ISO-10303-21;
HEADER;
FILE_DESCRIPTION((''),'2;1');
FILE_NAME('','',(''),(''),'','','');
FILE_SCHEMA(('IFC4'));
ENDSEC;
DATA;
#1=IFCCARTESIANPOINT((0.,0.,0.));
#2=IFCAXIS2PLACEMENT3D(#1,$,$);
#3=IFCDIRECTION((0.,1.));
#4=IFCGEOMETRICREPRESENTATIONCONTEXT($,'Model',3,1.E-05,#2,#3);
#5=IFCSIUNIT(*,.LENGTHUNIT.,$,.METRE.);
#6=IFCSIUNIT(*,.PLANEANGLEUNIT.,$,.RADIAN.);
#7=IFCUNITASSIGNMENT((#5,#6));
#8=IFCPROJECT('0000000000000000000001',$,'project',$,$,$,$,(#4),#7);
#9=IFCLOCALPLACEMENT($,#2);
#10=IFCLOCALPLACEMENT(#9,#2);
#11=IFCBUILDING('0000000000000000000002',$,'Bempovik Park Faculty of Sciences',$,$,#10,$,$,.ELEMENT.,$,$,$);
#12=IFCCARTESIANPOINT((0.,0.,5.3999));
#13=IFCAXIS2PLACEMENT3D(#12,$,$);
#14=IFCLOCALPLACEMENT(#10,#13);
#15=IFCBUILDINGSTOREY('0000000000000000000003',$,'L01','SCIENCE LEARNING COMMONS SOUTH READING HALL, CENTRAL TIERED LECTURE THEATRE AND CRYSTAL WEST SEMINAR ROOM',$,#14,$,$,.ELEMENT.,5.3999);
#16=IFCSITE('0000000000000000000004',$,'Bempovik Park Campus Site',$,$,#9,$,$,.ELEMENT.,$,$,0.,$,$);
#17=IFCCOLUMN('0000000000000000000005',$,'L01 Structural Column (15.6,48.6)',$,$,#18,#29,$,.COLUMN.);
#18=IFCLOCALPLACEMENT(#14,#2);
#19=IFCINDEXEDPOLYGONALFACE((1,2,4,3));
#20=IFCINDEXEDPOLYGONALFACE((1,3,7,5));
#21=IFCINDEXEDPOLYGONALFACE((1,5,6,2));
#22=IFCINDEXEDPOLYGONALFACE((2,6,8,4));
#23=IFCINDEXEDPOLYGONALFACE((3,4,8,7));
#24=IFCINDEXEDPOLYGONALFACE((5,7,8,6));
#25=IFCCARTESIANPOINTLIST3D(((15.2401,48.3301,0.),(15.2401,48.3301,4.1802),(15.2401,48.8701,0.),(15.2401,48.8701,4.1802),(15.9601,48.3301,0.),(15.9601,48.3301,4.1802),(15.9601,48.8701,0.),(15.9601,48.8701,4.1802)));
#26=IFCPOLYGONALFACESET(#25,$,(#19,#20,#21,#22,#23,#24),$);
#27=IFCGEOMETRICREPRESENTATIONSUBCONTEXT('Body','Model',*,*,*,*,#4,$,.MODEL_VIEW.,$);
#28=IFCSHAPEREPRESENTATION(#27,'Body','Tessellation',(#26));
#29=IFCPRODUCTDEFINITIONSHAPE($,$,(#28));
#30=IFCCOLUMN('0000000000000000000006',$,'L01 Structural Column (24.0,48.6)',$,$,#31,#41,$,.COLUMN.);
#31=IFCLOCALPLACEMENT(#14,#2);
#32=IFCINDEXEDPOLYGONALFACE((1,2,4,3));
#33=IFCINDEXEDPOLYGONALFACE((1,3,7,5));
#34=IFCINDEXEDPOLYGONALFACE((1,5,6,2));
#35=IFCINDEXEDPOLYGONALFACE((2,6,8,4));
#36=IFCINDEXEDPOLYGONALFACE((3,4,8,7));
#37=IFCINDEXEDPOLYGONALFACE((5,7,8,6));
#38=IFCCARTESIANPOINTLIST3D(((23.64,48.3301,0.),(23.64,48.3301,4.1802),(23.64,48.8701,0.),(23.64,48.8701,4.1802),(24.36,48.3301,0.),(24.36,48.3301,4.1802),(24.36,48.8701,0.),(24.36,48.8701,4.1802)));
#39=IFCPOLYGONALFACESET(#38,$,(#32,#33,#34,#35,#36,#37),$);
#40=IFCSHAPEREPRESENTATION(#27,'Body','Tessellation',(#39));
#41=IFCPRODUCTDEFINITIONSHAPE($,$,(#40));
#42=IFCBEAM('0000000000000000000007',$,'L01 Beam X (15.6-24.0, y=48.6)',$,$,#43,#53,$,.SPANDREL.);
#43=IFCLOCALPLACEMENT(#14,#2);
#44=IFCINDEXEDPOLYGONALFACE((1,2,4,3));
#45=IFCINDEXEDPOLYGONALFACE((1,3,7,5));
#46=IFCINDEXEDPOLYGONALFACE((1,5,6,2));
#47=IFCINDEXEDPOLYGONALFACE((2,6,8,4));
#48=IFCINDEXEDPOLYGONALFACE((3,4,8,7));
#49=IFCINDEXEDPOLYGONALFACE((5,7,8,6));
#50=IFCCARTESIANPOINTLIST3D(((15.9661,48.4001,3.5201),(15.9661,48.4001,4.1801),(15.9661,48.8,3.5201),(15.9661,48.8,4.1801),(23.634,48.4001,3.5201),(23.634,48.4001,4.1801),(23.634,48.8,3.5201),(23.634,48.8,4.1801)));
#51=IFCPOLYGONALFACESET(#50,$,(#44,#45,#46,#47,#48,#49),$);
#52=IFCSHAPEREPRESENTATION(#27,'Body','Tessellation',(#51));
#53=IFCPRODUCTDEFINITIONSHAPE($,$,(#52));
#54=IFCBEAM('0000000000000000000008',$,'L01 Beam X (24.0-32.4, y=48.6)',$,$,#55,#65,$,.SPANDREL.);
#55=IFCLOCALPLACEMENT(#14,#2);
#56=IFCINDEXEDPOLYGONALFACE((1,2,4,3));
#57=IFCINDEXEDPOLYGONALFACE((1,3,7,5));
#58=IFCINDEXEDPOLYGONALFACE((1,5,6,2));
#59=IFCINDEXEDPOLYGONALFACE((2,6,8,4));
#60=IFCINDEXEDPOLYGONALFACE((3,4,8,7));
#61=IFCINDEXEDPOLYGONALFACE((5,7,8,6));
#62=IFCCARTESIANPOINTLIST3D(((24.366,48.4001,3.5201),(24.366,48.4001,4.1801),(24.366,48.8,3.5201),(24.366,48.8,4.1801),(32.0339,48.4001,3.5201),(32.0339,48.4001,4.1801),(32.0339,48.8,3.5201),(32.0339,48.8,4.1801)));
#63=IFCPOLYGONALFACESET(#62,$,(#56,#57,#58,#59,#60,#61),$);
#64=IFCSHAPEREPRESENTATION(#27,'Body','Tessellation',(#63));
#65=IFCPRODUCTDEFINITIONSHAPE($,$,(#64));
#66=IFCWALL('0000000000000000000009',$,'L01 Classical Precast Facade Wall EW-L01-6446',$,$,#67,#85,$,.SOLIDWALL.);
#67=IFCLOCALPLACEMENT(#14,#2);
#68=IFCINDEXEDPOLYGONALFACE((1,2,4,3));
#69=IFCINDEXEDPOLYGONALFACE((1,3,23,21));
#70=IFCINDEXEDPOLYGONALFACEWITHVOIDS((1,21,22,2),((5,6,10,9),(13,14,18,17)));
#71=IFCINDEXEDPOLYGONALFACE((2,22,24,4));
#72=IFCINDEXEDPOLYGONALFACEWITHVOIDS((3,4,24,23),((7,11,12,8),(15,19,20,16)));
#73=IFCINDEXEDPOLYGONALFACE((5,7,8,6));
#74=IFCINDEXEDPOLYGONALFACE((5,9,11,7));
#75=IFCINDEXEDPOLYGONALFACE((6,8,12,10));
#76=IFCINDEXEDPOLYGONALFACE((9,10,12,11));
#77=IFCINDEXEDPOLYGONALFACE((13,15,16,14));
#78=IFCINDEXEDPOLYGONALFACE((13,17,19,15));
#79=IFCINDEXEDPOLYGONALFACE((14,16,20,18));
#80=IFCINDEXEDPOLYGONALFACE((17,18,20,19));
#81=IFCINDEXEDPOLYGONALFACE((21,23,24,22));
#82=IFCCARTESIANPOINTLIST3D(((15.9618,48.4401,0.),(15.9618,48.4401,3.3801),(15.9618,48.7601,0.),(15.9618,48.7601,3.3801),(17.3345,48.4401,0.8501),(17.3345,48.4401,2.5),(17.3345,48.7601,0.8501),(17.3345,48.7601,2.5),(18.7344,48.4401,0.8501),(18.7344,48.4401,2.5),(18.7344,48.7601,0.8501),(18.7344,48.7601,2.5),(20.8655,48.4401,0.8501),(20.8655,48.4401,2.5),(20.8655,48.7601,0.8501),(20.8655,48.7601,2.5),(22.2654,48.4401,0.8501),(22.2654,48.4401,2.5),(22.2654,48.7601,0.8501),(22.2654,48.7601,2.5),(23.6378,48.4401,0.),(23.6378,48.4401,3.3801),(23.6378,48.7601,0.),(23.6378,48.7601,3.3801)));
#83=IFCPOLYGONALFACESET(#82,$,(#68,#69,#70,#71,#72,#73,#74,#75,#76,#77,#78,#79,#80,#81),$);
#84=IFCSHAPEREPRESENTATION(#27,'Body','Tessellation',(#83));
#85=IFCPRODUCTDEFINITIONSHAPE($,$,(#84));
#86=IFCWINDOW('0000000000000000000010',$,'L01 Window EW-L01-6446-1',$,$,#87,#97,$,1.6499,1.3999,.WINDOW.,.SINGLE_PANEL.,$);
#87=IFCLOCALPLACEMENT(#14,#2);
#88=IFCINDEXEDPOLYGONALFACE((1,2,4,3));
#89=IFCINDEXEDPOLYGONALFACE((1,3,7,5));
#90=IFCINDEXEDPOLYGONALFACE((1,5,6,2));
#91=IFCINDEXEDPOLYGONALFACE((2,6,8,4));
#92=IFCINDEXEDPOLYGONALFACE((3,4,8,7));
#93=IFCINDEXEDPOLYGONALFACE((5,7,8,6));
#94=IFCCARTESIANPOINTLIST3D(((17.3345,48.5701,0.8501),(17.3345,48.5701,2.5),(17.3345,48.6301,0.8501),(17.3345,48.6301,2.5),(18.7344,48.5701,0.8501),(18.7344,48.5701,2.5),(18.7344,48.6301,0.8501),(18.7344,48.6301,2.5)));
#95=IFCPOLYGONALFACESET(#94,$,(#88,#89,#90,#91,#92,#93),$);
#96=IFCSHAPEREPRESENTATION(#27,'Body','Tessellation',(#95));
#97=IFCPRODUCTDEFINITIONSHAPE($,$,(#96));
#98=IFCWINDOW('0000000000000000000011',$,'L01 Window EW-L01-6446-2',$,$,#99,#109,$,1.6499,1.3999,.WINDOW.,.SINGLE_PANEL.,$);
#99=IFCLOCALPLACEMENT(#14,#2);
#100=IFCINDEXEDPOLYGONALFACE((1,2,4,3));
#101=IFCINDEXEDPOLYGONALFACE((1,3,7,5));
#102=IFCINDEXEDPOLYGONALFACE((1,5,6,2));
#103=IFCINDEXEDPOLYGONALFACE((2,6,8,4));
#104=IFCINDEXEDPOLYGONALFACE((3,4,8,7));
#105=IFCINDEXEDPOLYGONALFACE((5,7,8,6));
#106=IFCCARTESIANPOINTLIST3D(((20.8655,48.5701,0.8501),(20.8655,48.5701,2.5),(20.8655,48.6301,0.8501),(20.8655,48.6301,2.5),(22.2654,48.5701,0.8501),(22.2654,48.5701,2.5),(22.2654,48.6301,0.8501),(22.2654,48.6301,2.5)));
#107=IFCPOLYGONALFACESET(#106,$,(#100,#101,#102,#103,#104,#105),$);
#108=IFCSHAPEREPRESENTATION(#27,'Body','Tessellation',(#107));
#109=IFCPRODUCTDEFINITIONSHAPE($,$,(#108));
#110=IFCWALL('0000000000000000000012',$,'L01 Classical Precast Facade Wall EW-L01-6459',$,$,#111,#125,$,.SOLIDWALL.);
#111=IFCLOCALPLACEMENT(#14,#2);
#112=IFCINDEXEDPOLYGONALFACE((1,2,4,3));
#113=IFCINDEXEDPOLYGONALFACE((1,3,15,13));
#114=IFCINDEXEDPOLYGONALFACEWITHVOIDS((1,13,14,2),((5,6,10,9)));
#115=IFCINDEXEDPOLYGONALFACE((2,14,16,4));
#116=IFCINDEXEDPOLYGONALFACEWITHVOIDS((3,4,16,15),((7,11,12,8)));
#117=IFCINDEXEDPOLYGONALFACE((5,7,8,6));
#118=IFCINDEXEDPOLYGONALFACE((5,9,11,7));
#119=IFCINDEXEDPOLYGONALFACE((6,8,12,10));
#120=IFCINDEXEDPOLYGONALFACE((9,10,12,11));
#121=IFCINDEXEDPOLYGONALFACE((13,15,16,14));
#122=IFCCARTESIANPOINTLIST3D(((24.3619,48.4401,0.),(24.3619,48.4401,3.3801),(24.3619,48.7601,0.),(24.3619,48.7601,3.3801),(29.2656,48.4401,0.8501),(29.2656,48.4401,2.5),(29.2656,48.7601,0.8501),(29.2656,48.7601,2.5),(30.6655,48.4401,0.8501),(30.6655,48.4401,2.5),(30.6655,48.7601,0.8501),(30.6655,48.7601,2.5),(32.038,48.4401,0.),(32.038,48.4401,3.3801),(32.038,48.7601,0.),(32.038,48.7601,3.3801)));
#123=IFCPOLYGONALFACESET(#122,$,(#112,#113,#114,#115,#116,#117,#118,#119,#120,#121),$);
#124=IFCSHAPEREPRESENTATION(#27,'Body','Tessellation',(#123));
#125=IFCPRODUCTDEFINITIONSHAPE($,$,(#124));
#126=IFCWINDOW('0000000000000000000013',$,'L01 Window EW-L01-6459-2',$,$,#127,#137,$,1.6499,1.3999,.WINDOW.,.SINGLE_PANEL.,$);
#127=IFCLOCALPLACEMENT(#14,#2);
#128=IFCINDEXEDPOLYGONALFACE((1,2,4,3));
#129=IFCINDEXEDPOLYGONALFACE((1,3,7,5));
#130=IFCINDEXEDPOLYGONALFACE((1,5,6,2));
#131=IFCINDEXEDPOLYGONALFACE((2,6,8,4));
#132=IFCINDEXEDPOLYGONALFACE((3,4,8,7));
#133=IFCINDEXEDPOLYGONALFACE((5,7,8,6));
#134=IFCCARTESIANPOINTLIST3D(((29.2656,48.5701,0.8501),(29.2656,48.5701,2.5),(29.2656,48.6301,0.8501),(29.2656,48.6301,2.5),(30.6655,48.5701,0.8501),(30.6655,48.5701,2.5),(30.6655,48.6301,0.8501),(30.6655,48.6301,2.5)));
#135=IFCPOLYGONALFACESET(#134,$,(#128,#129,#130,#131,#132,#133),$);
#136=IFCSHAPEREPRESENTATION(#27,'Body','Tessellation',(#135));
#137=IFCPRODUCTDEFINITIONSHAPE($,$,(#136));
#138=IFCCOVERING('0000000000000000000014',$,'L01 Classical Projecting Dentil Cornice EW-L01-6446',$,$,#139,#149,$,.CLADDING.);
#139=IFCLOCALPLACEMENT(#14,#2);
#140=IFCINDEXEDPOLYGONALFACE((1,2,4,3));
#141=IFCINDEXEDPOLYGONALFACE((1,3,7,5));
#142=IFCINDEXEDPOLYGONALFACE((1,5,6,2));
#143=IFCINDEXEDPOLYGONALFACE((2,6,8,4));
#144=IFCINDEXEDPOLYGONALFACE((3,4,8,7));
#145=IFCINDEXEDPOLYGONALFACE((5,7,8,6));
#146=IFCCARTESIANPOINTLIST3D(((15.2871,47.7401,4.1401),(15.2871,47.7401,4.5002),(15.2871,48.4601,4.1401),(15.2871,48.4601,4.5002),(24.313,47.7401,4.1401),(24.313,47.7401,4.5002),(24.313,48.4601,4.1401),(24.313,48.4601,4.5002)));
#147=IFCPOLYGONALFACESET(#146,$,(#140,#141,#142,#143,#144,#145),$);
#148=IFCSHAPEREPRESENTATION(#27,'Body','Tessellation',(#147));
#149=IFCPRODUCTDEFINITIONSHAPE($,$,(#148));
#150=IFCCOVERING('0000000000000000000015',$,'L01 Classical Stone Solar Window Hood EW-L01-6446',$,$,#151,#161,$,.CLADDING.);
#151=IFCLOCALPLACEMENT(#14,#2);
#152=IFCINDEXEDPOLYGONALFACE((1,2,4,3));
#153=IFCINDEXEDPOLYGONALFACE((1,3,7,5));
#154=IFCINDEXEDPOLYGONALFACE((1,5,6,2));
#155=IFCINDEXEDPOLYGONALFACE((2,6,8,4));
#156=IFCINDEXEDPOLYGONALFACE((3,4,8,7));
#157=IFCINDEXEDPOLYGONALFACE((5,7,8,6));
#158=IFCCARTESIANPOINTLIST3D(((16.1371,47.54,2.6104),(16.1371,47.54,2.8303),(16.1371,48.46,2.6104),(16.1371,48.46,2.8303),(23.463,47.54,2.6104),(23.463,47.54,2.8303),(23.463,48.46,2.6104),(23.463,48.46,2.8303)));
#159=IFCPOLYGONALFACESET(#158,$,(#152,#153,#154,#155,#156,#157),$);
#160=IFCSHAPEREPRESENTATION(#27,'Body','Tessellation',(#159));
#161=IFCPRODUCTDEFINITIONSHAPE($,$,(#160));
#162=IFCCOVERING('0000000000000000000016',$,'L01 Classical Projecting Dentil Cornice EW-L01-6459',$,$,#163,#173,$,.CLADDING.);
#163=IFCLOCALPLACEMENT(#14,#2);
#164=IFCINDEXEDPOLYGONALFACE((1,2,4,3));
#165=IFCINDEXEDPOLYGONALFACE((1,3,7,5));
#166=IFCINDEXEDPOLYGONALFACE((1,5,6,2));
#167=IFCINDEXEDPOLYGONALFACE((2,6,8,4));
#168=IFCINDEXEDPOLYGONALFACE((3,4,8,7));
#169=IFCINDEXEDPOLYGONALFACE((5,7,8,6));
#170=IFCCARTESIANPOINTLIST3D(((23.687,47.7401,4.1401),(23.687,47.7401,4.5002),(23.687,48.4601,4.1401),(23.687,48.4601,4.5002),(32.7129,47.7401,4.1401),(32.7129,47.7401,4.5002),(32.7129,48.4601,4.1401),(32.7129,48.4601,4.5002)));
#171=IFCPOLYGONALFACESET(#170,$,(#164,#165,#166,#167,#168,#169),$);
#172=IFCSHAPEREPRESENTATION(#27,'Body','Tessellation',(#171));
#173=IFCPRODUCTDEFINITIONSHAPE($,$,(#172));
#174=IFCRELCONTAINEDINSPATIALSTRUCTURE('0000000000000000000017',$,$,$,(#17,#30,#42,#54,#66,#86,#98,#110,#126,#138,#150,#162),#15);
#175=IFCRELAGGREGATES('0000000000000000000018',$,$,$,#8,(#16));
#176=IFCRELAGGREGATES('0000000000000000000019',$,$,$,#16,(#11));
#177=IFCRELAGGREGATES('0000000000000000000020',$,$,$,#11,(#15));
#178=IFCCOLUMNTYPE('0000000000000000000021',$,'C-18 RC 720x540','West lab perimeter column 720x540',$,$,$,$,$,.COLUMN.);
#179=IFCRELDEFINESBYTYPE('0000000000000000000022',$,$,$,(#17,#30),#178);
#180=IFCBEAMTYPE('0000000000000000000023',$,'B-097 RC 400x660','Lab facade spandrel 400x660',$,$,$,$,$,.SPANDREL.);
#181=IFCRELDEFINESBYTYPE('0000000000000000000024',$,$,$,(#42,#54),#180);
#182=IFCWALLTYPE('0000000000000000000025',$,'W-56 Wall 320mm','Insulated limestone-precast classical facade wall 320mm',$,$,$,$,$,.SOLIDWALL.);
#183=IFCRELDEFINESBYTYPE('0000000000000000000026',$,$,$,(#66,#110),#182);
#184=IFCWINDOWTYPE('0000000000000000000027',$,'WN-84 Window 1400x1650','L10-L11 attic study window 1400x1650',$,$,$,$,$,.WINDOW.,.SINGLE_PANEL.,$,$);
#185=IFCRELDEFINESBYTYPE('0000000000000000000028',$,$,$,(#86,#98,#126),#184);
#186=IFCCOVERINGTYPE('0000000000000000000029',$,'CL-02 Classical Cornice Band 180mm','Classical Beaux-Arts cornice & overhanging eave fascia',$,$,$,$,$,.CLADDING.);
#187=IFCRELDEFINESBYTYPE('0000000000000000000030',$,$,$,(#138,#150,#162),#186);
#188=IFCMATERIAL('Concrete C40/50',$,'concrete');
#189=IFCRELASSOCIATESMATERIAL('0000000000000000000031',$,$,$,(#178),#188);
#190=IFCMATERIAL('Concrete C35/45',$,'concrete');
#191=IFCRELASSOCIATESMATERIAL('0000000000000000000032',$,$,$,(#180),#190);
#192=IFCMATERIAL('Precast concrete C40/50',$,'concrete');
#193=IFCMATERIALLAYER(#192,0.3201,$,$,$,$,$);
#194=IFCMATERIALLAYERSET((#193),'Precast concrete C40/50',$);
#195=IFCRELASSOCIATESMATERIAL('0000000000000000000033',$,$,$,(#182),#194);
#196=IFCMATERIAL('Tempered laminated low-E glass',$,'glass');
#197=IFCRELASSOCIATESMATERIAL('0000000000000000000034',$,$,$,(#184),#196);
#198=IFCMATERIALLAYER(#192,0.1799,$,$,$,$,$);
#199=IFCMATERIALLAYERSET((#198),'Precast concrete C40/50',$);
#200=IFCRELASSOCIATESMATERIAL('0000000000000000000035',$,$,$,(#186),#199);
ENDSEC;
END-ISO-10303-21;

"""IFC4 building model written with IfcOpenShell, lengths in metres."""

from ifc_helpers import new_model, si_unit, direction, frame, frame_2d, origin, origin_2d, place, context, subcontext, project, spatial, rectangle, extrude, material, layer, layer_set, material_profile, profile_set, type_object, element, fill, save


model = new_model("IFC4")

# Units and contexts
model_context = context("Model", 3, precision=1e-05, world=origin(), true_north=direction((0.0, 1.0)))
body_context = subcontext(model_context, "Body", "Model", "MODEL_VIEW")
ifc_project = project(units=[si_unit("LENGTHUNIT", "METRE"), si_unit("PLANEANGLEUNIT", "RADIAN")], contexts=[model_context])

# Site, building, storey
site_placement = place(None, origin())
site = spatial("IfcSite", under=ifc_project, at=site_placement, Name="Bempovik Park Campus Site", CompositionType="ELEMENT", RefElevation=0.0)
building_placement = place(site_placement, origin())
building = spatial("IfcBuilding", under=site, at=building_placement, Name="Bempovik Park Faculty of Sciences", CompositionType="ELEMENT")
storey_placement = place(building_placement, frame((0.0, 0.0, 5.3999)))
storey = spatial("IfcBuildingStorey", under=building, at=storey_placement, Name="L01", Description="SCIENCE LEARNING COMMONS SOUTH READING HALL, CENTRAL TIERED LECTURE THEATRE AND CRYSTAL WEST SEMINAR ROOM", CompositionType="ELEMENT", Elevation=5.3999)

# Columns
ifc_material_1 = material(Name="Concrete C40/50", Category="concrete")
ifc_material_profile_1 = material_profile(ifc_material_1, rectangle(XDim=0.72, YDim=0.54, at=origin_2d()), Name="RC 720x540")
ifc_profile_set_1 = profile_set([ifc_material_profile_1], Name="Concrete C40/50")
column_type = type_object("IfcColumnType", Name="C-18 RC 720x540", Description="West lab perimeter column 720x540", PredefinedType="COLUMN", material=ifc_profile_set_1)
for number, where, z_axis, x_axis, name in (
    (1, (15.6001, 48.6001, 0.0), (0.0, 0.0, 1.0), (1.0, 0.0, 0.0), "L01 Structural Column (15.6,48.6)"),
    (2, (24.0, 48.6001, 0.0), (0.0, 0.0, 1.0), (1.0, 0.0, 0.0), "L01 Structural Column (24.0,48.6)"),
):
    element("IfcColumn", number, at=place(storey_placement, frame(where, z_axis=z_axis, x_axis=x_axis)), inside=storey, type_object=column_type, Name=name, PredefinedType="COLUMN", context=body_context, shape_type="SweptSolid", body=[
        extrude(rectangle(XDim=0.72, YDim=0.54, at=origin_2d()), origin(), (0.0, 0.0, 1.0), 4.1802),
    ])

# Beams
ifc_material_2 = material(Name="Concrete C35/45", Category="concrete")
ifc_material_profile_2 = material_profile(ifc_material_2, rectangle(XDim=0.3999, YDim=0.6599, at=origin_2d()), Name="RC 400x660")
ifc_profile_set_2 = profile_set([ifc_material_profile_2], Name="Concrete C35/45")
beam_type = type_object("IfcBeamType", Name="B-097 RC 400x660", Description="Lab facade spandrel 400x660", PredefinedType="SPANDREL", material=ifc_profile_set_2)
for number, where, z_axis, x_axis, name in (
    (3, (15.9661, 48.6001, 3.8501), (1.0, 0.0, 0.0), (0.0, 1.0, 0.0), "L01 Beam X (15.6-24.0, y=48.6)"),
    (4, (24.366, 48.6001, 3.8501), (1.0, 0.0, 0.0), (0.0, 1.0, 0.0), "L01 Beam X (24.0-32.4, y=48.6)"),
):
    element("IfcBeam", number, at=place(storey_placement, frame(where, z_axis=z_axis, x_axis=x_axis)), inside=storey, type_object=beam_type, Name=name, PredefinedType="SPANDREL", context=body_context, shape_type="SweptSolid", body=[
        extrude(rectangle(XDim=0.3999, YDim=0.6599, at=origin_2d()), origin(), (0.0, 0.0, 1.0), 7.668),
    ])

# Wall, openings, windows
ifc_material_3 = material(Name="Precast concrete C40/50", Category="concrete")
ifc_layer_1 = layer(ifc_material_3, 0.3201)
ifc_layer_set_1 = layer_set([ifc_layer_1], Name="Precast concrete C40/50")
wall_type = type_object("IfcWallType", Name="W-56 Wall 320mm", Description="Insulated limestone-precast classical facade wall 320mm", PredefinedType="SOLIDWALL", material=ifc_layer_set_1)
wall_1_placement = place(storey_placement, frame((15.9619, 48.6001, 0.0), z_axis=(0.0, 0.0, 1.0), x_axis=(1.0, 0.0, 0.0)))
wall_1 = element("IfcWall", 5, at=wall_1_placement, inside=storey, type_object=wall_type, Name="L01 Classical Precast Facade Wall EW-L01-6446", PredefinedType="SOLIDWALL", context=body_context, shape_type="SweptSolid", body=[
    extrude(rectangle(XDim=7.676, YDim=0.3201, at=frame_2d((3.8379, 0.0))), origin(), (0.0, 0.0, 1.0), 3.3801),
])
opening_1_placement = place(wall_1_placement, frame((1.3726, 0.0, 0.8501)))
opening_1 = element("IfcOpeningElement", 6, at=opening_1_placement, cuts=wall_1, PredefinedType="OPENING", context=body_context, shape_type="SweptSolid", body=[
    extrude(rectangle(XDim=1.3999, YDim=1.6499, at=frame_2d((0.7, 0.825))), frame((0.0, 0.1699, 0.0), z_axis=(0.0, -1.0, 0.0), x_axis=(1.0, 0.0, 0.0)), (0.0, 0.0, 1.0), 0.3401),
])
opening_2_placement = place(wall_1_placement, frame((4.9036, 0.0, 0.8501)))
opening_2 = element("IfcOpeningElement", 7, at=opening_2_placement, cuts=wall_1, PredefinedType="OPENING", context=body_context, shape_type="SweptSolid", body=[
    extrude(rectangle(XDim=1.3999, YDim=1.6499, at=frame_2d((0.7, 0.825))), frame((0.0, 0.1699, 0.0), z_axis=(0.0, -1.0, 0.0), x_axis=(1.0, 0.0, 0.0)), (0.0, 0.0, 1.0), 0.3401),
])
ifc_material_4 = material(Name="Tempered laminated low-E glass", Category="glass")
window_type = type_object("IfcWindowType", Name="WN-84 Window 1400x1650", Description="L10-L11 attic study window 1400x1650", PartitioningType="SINGLE_PANEL", PredefinedType="WINDOW", material=ifc_material_4)
window_1_placement = place(opening_1_placement, origin())
window_1 = element("IfcWindow", 8, at=window_1_placement, inside=storey, type_object=window_type, Name="L01 Window EW-L01-6446-1", OverallHeight=1.6499, OverallWidth=1.3999, PartitioningType="SINGLE_PANEL", PredefinedType="WINDOW", context=body_context, shape_type="SweptSolid", body=[
    extrude(rectangle(XDim=1.3999, YDim=1.6499, at=frame_2d((0.7, 0.825))), frame((0.0, 0.03, 0.0), z_axis=(0.0, -1.0, 0.0), x_axis=(1.0, 0.0, 0.0)), (0.0, 0.0, 1.0), 0.0601),
])
fill(opening_1, window_1)
window_2_placement = place(opening_2_placement, origin())
window_2 = element("IfcWindow", 9, at=window_2_placement, inside=storey, type_object=window_type, Name="L01 Window EW-L01-6446-2", OverallHeight=1.6499, OverallWidth=1.3999, PartitioningType="SINGLE_PANEL", PredefinedType="WINDOW", context=body_context, shape_type="SweptSolid", body=[
    extrude(rectangle(XDim=1.3999, YDim=1.6499, at=frame_2d((0.7, 0.825))), frame((0.0, 0.03, 0.0), z_axis=(0.0, -1.0, 0.0), x_axis=(1.0, 0.0, 0.0)), (0.0, 0.0, 1.0), 0.0601),
])
fill(opening_2, window_2)

# Wall, opening, window
wall_2_placement = place(storey_placement, frame((24.3621, 48.6001, 0.0), z_axis=(0.0, 0.0, 1.0), x_axis=(1.0, 0.0, 0.0)))
wall_2 = element("IfcWall", 10, at=wall_2_placement, inside=storey, type_object=wall_type, Name="L01 Classical Precast Facade Wall EW-L01-6459", PredefinedType="SOLIDWALL", context=body_context, shape_type="SweptSolid", body=[
    extrude(rectangle(XDim=7.676, YDim=0.3201, at=frame_2d((3.8379, 0.0))), origin(), (0.0, 0.0, 1.0), 3.3801),
])
opening_3_placement = place(wall_2_placement, frame((4.9036, 0.0, 0.8501)))
opening_3 = element("IfcOpeningElement", 11, at=opening_3_placement, cuts=wall_2, PredefinedType="OPENING", context=body_context, shape_type="SweptSolid", body=[
    extrude(rectangle(XDim=1.3999, YDim=1.6499, at=frame_2d((0.7, 0.825))), frame((0.0, 0.1699, 0.0), z_axis=(0.0, -1.0, 0.0), x_axis=(1.0, 0.0, 0.0)), (0.0, 0.0, 1.0), 0.3401),
])
window_3_placement = place(opening_3_placement, origin())
window_3 = element("IfcWindow", 12, at=window_3_placement, inside=storey, type_object=window_type, Name="L01 Window EW-L01-6459-2", OverallHeight=1.6499, OverallWidth=1.3999, PartitioningType="SINGLE_PANEL", PredefinedType="WINDOW", context=body_context, shape_type="SweptSolid", body=[
    extrude(rectangle(XDim=1.3999, YDim=1.6499, at=frame_2d((0.7, 0.825))), frame((0.0, 0.03, 0.0), z_axis=(0.0, -1.0, 0.0), x_axis=(1.0, 0.0, 0.0)), (0.0, 0.0, 1.0), 0.0601),
])
fill(opening_3, window_3)

# Coverings
ifc_layer_2 = layer(ifc_material_3, 0.1799)
ifc_layer_set_2 = layer_set([ifc_layer_2], Name="Precast concrete C40/50")
covering_type_1 = type_object("IfcCoveringType", Name="CL-02 Classical Cornice Band 180mm", Description="Classical Beaux-Arts cornice & overhanging eave fascia", PredefinedType="CLADDING", material=ifc_layer_set_2)
covering_1_placement = place(storey_placement, frame((19.8, 48.1001, 4.1401), z_axis=(0.0, 0.0, 1.0), x_axis=(1.0, 0.0, 0.0)))
element("IfcCovering", 13, at=covering_1_placement, inside=storey, type_object=covering_type_1, Name="L01 Classical Projecting Dentil Cornice EW-L01-6446", PredefinedType="CLADDING", context=body_context, shape_type="SweptSolid", body=[
    extrude(rectangle(XDim=9.0259, YDim=0.72, at=origin_2d()), origin(), (0.0, 0.0, 1.0), 0.3601),
])
covering_2_placement = place(storey_placement, frame((19.8, 48.0, 2.6104), z_axis=(0.0, 0.0, 1.0), x_axis=(1.0, 0.0, 0.0)))
element("IfcCovering", 14, at=covering_2_placement, inside=storey, type_object=covering_type_1, Name="L01 Classical Stone Solar Window Hood EW-L01-6446", PredefinedType="CLADDING", context=body_context, shape_type="SweptSolid", body=[
    extrude(rectangle(XDim=7.3259, YDim=0.9199, at=origin_2d()), origin(), (0.0, 0.0, 1.0), 0.22),
])
covering_3_placement = place(storey_placement, frame((28.2, 48.1001, 4.1401), z_axis=(0.0, 0.0, 1.0), x_axis=(1.0, 0.0, 0.0)))
element("IfcCovering", 15, at=covering_3_placement, inside=storey, type_object=covering_type_1, Name="L01 Classical Projecting Dentil Cornice EW-L01-6459", PredefinedType="CLADDING", context=body_context, shape_type="SweptSolid", body=[
    extrude(rectangle(XDim=9.0259, YDim=0.72, at=origin_2d()), origin(), (0.0, 0.0, 1.0), 0.3601),
])

save(model, "model.ifc")
